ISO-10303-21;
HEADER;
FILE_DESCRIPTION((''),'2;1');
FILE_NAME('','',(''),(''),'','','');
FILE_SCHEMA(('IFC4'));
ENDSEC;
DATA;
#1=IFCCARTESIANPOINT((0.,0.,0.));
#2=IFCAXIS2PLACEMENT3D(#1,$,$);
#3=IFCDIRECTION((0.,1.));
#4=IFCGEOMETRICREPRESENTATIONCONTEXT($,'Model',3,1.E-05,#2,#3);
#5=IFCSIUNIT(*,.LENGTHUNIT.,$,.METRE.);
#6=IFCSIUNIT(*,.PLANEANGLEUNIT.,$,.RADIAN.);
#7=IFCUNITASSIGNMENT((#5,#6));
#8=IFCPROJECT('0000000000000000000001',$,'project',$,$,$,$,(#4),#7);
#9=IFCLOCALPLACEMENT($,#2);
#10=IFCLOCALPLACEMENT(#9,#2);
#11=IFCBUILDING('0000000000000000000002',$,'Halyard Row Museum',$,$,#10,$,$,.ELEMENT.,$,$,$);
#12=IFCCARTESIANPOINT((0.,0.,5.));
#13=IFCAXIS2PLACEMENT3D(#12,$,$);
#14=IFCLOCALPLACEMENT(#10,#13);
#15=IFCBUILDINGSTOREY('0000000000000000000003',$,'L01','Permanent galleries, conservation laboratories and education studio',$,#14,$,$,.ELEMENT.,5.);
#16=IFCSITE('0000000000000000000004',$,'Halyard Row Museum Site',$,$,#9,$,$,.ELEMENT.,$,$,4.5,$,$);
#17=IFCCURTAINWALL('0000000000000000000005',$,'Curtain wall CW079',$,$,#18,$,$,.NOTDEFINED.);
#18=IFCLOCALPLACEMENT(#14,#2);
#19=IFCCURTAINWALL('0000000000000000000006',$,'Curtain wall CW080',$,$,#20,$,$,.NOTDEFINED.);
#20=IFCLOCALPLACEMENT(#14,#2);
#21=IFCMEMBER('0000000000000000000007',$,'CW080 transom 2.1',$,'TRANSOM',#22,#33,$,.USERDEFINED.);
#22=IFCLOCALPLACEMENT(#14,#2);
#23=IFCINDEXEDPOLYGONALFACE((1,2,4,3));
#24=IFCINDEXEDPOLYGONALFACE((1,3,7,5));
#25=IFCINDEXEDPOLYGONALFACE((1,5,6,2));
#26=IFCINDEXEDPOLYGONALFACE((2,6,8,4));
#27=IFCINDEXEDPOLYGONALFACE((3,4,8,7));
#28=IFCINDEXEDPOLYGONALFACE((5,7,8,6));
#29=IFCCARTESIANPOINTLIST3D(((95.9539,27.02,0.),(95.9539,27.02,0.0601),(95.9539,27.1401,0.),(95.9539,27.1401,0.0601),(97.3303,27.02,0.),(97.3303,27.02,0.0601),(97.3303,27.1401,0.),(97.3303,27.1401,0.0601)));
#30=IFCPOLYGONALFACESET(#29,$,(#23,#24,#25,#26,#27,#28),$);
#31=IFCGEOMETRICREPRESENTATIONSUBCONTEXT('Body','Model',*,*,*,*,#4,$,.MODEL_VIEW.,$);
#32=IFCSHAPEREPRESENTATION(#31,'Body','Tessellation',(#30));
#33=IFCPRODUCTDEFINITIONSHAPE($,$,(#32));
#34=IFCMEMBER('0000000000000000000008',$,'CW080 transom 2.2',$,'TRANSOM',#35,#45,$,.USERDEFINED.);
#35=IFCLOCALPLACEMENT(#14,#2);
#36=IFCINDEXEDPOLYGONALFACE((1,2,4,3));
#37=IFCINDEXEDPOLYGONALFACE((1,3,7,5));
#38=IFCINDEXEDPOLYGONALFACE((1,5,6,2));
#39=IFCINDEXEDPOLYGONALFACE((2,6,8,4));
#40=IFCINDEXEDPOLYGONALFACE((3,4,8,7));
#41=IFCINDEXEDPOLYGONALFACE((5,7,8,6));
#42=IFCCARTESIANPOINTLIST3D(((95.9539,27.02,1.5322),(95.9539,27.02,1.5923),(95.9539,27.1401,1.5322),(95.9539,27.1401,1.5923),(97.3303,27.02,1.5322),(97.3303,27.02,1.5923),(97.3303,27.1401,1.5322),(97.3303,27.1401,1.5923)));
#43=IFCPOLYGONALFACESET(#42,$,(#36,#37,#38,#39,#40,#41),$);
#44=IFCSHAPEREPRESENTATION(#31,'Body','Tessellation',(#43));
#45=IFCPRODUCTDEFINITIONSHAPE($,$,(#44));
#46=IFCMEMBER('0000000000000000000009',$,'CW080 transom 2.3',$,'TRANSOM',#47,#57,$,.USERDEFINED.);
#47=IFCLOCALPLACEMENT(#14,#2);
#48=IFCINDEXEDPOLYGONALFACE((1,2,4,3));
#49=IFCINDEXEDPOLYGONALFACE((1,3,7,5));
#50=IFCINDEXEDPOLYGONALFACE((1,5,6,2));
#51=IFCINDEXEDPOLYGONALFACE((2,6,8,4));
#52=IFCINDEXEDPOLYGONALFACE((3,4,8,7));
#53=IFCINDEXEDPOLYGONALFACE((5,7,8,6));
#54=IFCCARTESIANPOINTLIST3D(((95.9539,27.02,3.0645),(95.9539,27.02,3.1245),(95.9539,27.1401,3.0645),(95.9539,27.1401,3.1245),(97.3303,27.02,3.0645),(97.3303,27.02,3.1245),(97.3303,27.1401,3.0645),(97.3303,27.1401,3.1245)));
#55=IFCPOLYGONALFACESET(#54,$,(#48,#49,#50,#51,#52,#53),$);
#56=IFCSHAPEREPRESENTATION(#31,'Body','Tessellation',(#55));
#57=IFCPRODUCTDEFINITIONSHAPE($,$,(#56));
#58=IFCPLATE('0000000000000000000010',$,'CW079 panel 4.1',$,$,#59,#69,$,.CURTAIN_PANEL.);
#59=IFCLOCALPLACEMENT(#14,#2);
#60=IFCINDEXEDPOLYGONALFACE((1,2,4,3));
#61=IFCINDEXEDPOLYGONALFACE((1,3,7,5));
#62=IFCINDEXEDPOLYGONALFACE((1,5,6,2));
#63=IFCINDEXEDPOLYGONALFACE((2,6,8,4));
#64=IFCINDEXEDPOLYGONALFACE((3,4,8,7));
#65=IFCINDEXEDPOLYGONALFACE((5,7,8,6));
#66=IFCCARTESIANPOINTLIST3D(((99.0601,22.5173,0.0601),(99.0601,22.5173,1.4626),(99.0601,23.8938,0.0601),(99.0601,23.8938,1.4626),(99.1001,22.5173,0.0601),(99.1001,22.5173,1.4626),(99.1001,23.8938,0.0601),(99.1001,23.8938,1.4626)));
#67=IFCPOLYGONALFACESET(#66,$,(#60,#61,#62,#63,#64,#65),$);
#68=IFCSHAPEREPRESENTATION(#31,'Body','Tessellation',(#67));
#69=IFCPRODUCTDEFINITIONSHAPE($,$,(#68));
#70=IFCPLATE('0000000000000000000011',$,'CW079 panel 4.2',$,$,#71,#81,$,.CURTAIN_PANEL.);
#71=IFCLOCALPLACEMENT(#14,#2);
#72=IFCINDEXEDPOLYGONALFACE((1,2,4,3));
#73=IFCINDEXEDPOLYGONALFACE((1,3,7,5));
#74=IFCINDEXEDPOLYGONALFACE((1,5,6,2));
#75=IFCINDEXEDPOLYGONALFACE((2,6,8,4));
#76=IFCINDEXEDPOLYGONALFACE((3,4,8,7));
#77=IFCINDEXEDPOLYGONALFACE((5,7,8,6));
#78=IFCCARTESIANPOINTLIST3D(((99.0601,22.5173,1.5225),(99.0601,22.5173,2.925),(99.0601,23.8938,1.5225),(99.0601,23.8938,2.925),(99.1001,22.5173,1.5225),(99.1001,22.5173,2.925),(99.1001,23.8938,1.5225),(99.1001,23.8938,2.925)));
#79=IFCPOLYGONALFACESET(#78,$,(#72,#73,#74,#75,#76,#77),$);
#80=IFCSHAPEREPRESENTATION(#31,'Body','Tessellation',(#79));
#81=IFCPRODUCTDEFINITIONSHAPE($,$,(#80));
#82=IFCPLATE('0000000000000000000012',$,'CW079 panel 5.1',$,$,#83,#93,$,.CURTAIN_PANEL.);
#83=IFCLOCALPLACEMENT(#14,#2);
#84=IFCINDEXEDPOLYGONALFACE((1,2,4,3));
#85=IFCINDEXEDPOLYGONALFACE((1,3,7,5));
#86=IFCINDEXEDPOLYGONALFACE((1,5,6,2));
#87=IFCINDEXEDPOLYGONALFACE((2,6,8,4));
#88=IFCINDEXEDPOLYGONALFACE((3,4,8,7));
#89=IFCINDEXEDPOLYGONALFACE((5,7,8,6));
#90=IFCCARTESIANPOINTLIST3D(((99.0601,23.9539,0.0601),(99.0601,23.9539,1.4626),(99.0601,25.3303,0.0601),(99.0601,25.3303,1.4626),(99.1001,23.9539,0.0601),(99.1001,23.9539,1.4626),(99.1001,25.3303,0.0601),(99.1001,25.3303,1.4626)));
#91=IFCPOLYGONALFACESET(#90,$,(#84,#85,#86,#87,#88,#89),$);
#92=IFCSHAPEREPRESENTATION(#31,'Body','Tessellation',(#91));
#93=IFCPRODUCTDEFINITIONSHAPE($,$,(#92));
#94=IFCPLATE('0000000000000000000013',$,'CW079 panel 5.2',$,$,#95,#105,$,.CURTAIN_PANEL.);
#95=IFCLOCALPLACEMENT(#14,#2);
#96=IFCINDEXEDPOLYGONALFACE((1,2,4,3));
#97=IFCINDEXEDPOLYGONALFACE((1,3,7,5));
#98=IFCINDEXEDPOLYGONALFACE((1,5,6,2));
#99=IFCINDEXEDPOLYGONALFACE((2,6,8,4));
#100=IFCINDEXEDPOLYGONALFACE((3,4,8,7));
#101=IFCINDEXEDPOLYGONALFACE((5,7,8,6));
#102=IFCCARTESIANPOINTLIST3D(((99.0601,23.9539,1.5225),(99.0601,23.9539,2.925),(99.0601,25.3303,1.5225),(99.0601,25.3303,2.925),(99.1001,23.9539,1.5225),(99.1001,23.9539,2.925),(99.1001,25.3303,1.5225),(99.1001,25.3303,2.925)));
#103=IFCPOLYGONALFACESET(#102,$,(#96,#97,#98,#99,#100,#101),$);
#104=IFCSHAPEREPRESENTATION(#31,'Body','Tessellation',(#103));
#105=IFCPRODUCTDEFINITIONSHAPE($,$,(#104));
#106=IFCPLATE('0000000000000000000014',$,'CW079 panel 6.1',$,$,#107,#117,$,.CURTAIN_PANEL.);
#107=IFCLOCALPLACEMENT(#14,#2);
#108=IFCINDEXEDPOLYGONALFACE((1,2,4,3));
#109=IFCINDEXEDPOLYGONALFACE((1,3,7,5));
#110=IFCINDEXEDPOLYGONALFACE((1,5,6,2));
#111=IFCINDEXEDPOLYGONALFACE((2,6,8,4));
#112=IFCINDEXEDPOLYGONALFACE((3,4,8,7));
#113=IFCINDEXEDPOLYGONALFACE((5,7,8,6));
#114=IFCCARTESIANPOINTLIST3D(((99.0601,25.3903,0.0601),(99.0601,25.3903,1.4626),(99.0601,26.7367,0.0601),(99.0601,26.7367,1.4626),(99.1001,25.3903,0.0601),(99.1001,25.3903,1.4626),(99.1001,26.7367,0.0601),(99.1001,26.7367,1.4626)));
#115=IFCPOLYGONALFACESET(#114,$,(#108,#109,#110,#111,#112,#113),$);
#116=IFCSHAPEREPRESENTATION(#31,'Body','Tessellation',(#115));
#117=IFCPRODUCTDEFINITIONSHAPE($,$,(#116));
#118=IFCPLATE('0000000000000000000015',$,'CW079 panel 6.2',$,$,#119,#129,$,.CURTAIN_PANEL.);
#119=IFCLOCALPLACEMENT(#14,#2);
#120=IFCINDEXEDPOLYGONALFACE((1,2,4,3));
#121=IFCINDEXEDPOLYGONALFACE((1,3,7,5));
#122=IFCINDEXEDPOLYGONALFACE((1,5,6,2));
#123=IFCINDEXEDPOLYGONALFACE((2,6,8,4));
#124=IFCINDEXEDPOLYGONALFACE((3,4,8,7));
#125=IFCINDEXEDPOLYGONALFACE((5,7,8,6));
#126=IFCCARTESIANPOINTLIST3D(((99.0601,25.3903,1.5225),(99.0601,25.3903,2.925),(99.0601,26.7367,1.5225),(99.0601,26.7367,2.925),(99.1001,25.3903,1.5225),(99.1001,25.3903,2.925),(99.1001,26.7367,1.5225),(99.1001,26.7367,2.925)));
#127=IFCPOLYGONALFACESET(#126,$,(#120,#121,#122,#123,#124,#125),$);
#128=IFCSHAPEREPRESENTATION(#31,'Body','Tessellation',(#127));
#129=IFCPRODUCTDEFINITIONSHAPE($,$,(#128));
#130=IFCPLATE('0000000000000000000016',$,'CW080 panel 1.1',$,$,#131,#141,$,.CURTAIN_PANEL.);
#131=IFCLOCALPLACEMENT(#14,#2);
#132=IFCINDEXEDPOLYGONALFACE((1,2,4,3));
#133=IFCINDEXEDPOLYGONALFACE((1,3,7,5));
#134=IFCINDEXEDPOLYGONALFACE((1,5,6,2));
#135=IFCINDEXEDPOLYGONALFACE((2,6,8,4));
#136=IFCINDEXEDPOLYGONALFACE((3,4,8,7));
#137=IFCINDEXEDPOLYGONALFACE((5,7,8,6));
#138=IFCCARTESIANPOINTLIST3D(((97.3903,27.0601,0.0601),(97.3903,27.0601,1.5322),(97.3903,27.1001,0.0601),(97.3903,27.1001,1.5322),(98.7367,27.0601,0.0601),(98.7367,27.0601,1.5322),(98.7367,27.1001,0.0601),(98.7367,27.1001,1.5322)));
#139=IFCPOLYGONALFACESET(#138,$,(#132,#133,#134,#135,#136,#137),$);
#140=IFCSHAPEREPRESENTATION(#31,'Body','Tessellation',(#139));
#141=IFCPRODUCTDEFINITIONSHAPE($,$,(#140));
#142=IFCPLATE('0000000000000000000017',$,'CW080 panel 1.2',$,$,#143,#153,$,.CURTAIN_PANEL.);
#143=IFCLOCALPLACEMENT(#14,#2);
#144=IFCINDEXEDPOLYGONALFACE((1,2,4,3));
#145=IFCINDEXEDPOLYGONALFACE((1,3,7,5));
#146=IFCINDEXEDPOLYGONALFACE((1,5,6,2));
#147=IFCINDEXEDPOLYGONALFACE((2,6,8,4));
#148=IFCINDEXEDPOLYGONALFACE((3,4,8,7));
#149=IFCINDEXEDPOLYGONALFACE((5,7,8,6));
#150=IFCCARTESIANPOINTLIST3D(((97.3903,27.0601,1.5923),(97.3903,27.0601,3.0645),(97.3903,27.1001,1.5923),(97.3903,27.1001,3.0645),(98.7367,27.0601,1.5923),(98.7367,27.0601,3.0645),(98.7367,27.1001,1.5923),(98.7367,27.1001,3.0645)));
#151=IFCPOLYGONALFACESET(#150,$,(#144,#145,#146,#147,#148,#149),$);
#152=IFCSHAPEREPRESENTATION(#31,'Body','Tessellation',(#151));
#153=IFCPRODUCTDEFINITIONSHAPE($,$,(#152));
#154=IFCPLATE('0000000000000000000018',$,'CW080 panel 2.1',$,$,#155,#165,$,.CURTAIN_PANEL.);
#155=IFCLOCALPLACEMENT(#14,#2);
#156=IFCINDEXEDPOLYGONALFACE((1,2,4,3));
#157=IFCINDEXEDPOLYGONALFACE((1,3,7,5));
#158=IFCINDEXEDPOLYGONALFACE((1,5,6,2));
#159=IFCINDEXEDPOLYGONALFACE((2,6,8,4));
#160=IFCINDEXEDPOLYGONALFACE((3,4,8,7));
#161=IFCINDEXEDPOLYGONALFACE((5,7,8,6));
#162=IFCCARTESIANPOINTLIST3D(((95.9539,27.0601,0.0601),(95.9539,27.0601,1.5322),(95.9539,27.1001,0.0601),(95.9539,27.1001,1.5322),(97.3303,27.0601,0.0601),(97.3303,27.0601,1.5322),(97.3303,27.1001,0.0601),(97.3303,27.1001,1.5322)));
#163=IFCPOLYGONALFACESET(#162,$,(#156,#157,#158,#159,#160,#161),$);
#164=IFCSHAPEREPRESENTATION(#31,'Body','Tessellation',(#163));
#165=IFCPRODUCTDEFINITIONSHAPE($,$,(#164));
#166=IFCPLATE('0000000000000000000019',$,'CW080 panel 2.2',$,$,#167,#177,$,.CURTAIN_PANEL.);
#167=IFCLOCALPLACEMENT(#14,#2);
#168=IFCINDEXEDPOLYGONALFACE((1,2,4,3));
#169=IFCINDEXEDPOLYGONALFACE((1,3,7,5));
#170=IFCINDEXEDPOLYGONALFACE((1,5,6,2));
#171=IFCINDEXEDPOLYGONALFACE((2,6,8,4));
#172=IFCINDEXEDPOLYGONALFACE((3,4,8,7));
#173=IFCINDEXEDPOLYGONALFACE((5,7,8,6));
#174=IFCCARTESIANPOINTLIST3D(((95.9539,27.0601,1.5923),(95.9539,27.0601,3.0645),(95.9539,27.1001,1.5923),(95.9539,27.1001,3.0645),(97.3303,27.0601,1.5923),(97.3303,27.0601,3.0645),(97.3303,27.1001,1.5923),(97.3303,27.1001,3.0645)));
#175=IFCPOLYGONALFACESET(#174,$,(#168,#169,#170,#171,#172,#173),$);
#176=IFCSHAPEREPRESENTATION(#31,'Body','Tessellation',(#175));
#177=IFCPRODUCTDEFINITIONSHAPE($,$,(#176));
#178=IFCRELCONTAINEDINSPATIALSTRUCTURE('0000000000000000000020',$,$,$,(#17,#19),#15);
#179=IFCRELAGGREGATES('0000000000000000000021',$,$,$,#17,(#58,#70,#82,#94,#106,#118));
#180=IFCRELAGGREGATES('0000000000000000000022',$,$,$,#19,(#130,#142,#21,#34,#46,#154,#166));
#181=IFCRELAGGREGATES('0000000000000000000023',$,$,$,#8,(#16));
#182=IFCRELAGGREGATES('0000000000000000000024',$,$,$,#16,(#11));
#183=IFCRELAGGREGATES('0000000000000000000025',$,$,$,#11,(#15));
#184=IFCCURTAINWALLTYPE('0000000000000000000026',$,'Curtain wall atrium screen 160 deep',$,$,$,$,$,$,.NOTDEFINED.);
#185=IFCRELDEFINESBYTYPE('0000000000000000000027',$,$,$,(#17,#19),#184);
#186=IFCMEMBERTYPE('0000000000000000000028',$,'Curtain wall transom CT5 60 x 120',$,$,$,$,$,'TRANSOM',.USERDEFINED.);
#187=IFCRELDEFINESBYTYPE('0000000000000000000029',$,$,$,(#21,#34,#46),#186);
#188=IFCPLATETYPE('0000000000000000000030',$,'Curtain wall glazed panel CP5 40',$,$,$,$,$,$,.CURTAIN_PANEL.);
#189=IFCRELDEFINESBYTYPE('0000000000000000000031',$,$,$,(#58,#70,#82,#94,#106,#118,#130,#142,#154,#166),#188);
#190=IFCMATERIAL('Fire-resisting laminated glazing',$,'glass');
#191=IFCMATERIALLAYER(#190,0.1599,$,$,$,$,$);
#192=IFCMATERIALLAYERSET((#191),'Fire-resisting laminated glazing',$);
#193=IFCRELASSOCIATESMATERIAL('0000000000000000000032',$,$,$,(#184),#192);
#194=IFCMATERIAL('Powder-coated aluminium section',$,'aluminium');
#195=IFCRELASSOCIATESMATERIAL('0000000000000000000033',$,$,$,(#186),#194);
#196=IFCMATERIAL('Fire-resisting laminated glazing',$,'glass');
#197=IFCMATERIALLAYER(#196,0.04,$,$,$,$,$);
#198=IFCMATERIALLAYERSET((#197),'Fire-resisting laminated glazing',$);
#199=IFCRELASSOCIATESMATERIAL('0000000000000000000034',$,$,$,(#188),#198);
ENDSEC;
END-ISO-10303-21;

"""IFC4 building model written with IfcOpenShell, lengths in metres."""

from ifc_helpers import new_model, si_unit, direction, frame, origin, origin_2d, place, context, subcontext, project, spatial, rectangle, extrude, material, layer, layer_set, material_profile, profile_set, type_object, element, aggregate, save


model = new_model("IFC4")

# Units and contexts
model_context = context("Model", 3, precision=1e-05, world=origin(), true_north=direction((0.0, 1.0)))
body_context = subcontext(model_context, "Body", "Model", "MODEL_VIEW")
ifc_project = project(units=[si_unit("LENGTHUNIT", "METRE"), si_unit("PLANEANGLEUNIT", "RADIAN")], contexts=[model_context])

# Site, building, storey
site_placement = place(None, origin())
site = spatial("IfcSite", under=ifc_project, at=site_placement, Name="Halyard Row Museum Site", CompositionType="ELEMENT", RefElevation=4.5)
building_placement = place(site_placement, origin())
building = spatial("IfcBuilding", under=site, at=building_placement, Name="Halyard Row Museum", CompositionType="ELEMENT")
storey_placement = place(building_placement, frame((0.0, 0.0, 5.0)))
storey = spatial("IfcBuildingStorey", under=building, at=storey_placement, Name="L01", Description="Permanent galleries, conservation laboratories and education studio", CompositionType="ELEMENT", Elevation=5.0)

# Curtain wall
ifc_material_1 = material(Name="Fire-resisting laminated glazing", Category="glass")
ifc_layer_1 = layer(ifc_material_1, 0.1599)
ifc_layer_set_1 = layer_set([ifc_layer_1], Name="Fire-resisting laminated glazing")
curtain_wall_type = type_object("IfcCurtainWallType", Name="Curtain wall atrium screen 160 deep", PredefinedType="NOTDEFINED", material=ifc_layer_set_1)
curtain_wall_1_placement = place(storey_placement, origin())
curtain_wall_1 = element("IfcCurtainWall", 1, at=curtain_wall_1_placement, inside=storey, type_object=curtain_wall_type, Name="Curtain wall CW079", PredefinedType="NOTDEFINED")

# Curtain wall
curtain_wall_2_placement = place(storey_placement, origin())
curtain_wall_2 = element("IfcCurtainWall", 2, at=curtain_wall_2_placement, inside=storey, type_object=curtain_wall_type, Name="Curtain wall CW080", PredefinedType="NOTDEFINED")

# Members
ifc_material_2 = material(Name="Powder-coated aluminium section", Category="aluminium")
ifc_material_profile_1 = material_profile(ifc_material_2, rectangle(XDim=0.1201, YDim=0.0601, at=origin_2d()), Name="120x60 transom")
ifc_profile_set_1 = profile_set([ifc_material_profile_1], Name="Powder-coated aluminium section")
member_type_1 = type_object("IfcMemberType", Name="Curtain wall transom CT5 60 x 120", ElementType="TRANSOM", PredefinedType="USERDEFINED", material=ifc_profile_set_1)
member_1_placement = place(storey_placement, frame((97.3303, 27.0801, 0.03), z_axis=(-1.0, 0.0, 0.0), x_axis=(0.0, -1.0, 0.0)))
member_1 = element("IfcMember", 3, at=member_1_placement, type_object=member_type_1, Name="CW080 transom 2.1", ObjectType="TRANSOM", PredefinedType="USERDEFINED", context=body_context, shape_type="SweptSolid", body=[
    extrude(rectangle(XDim=0.1201, YDim=0.0601, at=origin_2d()), origin(), (0.0, 0.0, 1.0), 1.3765),
])
member_2_placement = place(storey_placement, frame((97.3303, 27.0801, 1.5623), z_axis=(-1.0, 0.0, 0.0), x_axis=(0.0, -1.0, 0.0)))
member_2 = element("IfcMember", 4, at=member_2_placement, type_object=member_type_1, Name="CW080 transom 2.2", ObjectType="TRANSOM", PredefinedType="USERDEFINED", context=body_context, shape_type="SweptSolid", body=[
    extrude(rectangle(XDim=0.1201, YDim=0.0601, at=origin_2d()), origin(), (0.0, 0.0, 1.0), 1.3765),
])
member_3_placement = place(storey_placement, frame((97.3303, 27.0801, 3.0945), z_axis=(-1.0, 0.0, 0.0), x_axis=(0.0, -1.0, 0.0)))
member_3 = element("IfcMember", 5, at=member_3_placement, type_object=member_type_1, Name="CW080 transom 2.3", ObjectType="TRANSOM", PredefinedType="USERDEFINED", context=body_context, shape_type="SweptSolid", body=[
    extrude(rectangle(XDim=0.1201, YDim=0.0601, at=origin_2d()), origin(), (0.0, 0.0, 1.0), 1.3765),
])

# Plates
ifc_material_3 = material(Name="Fire-resisting laminated glazing", Category="glass")
ifc_layer_2 = layer(ifc_material_3, 0.04)
ifc_layer_set_2 = layer_set([ifc_layer_2], Name="Fire-resisting laminated glazing")
plate_type = type_object("IfcPlateType", Name="Curtain wall glazed panel CP5 40", PredefinedType="CURTAIN_PANEL", material=ifc_layer_set_2)
plate_1_placement = place(storey_placement, frame((99.0801, 23.2056, 0.0601), z_axis=(0.0, 0.0, 1.0), x_axis=(0.0, 1.0, 0.0)))
plate_1 = element("IfcPlate", 6, at=plate_1_placement, type_object=plate_type, Name="CW079 panel 4.1", PredefinedType="CURTAIN_PANEL", context=body_context, shape_type="SweptSolid", body=[
    extrude(rectangle(XDim=1.3765, YDim=0.04, at=origin_2d()), origin(), (0.0, 0.0, 1.0), 1.4026),
])
plate_2_placement = place(storey_placement, frame((99.0801, 23.2056, 1.5225), z_axis=(0.0, 0.0, 1.0), x_axis=(0.0, 1.0, 0.0)))
plate_2 = element("IfcPlate", 7, at=plate_2_placement, type_object=plate_type, Name="CW079 panel 4.2", PredefinedType="CURTAIN_PANEL", context=body_context, shape_type="SweptSolid", body=[
    extrude(rectangle(XDim=1.3765, YDim=0.04, at=origin_2d()), origin(), (0.0, 0.0, 1.0), 1.4026),
])
plate_3_placement = place(storey_placement, frame((99.0801, 24.6421, 0.0601), z_axis=(0.0, 0.0, 1.0), x_axis=(0.0, 1.0, 0.0)))
plate_3 = element("IfcPlate", 8, at=plate_3_placement, type_object=plate_type, Name="CW079 panel 5.1", PredefinedType="CURTAIN_PANEL", context=body_context, shape_type="SweptSolid", body=[
    extrude(rectangle(XDim=1.3765, YDim=0.04, at=origin_2d()), origin(), (0.0, 0.0, 1.0), 1.4026),
])
plate_4_placement = place(storey_placement, frame((99.0801, 24.6421, 1.5225), z_axis=(0.0, 0.0, 1.0), x_axis=(0.0, 1.0, 0.0)))
plate_4 = element("IfcPlate", 9, at=plate_4_placement, type_object=plate_type, Name="CW079 panel 5.2", PredefinedType="CURTAIN_PANEL", context=body_context, shape_type="SweptSolid", body=[
    extrude(rectangle(XDim=1.3765, YDim=0.04, at=origin_2d()), origin(), (0.0, 0.0, 1.0), 1.4026),
])
plate_5_placement = place(storey_placement, frame((99.0801, 26.0635, 0.0601), z_axis=(0.0, 0.0, 1.0), x_axis=(0.0, 1.0, 0.0)))
plate_5 = element("IfcPlate", 10, at=plate_5_placement, type_object=plate_type, Name="CW079 panel 6.1", PredefinedType="CURTAIN_PANEL", context=body_context, shape_type="SweptSolid", body=[
    extrude(rectangle(XDim=1.3464, YDim=0.04, at=origin_2d()), origin(), (0.0, 0.0, 1.0), 1.4026),
])
plate_6_placement = place(storey_placement, frame((99.0801, 26.0635, 1.5225), z_axis=(0.0, 0.0, 1.0), x_axis=(0.0, 1.0, 0.0)))
plate_6 = element("IfcPlate", 11, at=plate_6_placement, type_object=plate_type, Name="CW079 panel 6.2", PredefinedType="CURTAIN_PANEL", context=body_context, shape_type="SweptSolid", body=[
    extrude(rectangle(XDim=1.3464, YDim=0.04, at=origin_2d()), origin(), (0.0, 0.0, 1.0), 1.4026),
])
aggregate(curtain_wall_1, [plate_1, plate_2, plate_3, plate_4, plate_5, plate_6])
plate_7_placement = place(storey_placement, frame((98.0635, 27.0801, 0.0601), z_axis=(0.0, 0.0, 1.0), x_axis=(-1.0, 0.0, 0.0)))
plate_7 = element("IfcPlate", 12, at=plate_7_placement, type_object=plate_type, Name="CW080 panel 1.1", PredefinedType="CURTAIN_PANEL", context=body_context, shape_type="SweptSolid", body=[
    extrude(rectangle(XDim=1.3464, YDim=0.04, at=origin_2d()), origin(), (0.0, 0.0, 1.0), 1.4722),
])
plate_8_placement = place(storey_placement, frame((98.0635, 27.0801, 1.5923), z_axis=(0.0, 0.0, 1.0), x_axis=(-1.0, 0.0, 0.0)))
plate_8 = element("IfcPlate", 13, at=plate_8_placement, type_object=plate_type, Name="CW080 panel 1.2", PredefinedType="CURTAIN_PANEL", context=body_context, shape_type="SweptSolid", body=[
    extrude(rectangle(XDim=1.3464, YDim=0.04, at=origin_2d()), origin(), (0.0, 0.0, 1.0), 1.4722),
])
plate_9_placement = place(storey_placement, frame((96.6421, 27.0801, 0.0601), z_axis=(0.0, 0.0, 1.0), x_axis=(-1.0, 0.0, 0.0)))
plate_9 = element("IfcPlate", 14, at=plate_9_placement, type_object=plate_type, Name="CW080 panel 2.1", PredefinedType="CURTAIN_PANEL", context=body_context, shape_type="SweptSolid", body=[
    extrude(rectangle(XDim=1.3765, YDim=0.04, at=origin_2d()), origin(), (0.0, 0.0, 1.0), 1.4722),
])
plate_10_placement = place(storey_placement, frame((96.6421, 27.0801, 1.5923), z_axis=(0.0, 0.0, 1.0), x_axis=(-1.0, 0.0, 0.0)))
plate_10 = element("IfcPlate", 15, at=plate_10_placement, type_object=plate_type, Name="CW080 panel 2.2", PredefinedType="CURTAIN_PANEL", context=body_context, shape_type="SweptSolid", body=[
    extrude(rectangle(XDim=1.3765, YDim=0.04, at=origin_2d()), origin(), (0.0, 0.0, 1.0), 1.4722),
])
aggregate(curtain_wall_2, [plate_7, plate_8, member_1, member_2, member_3, plate_9, plate_10])

save(model, "model.ifc")
